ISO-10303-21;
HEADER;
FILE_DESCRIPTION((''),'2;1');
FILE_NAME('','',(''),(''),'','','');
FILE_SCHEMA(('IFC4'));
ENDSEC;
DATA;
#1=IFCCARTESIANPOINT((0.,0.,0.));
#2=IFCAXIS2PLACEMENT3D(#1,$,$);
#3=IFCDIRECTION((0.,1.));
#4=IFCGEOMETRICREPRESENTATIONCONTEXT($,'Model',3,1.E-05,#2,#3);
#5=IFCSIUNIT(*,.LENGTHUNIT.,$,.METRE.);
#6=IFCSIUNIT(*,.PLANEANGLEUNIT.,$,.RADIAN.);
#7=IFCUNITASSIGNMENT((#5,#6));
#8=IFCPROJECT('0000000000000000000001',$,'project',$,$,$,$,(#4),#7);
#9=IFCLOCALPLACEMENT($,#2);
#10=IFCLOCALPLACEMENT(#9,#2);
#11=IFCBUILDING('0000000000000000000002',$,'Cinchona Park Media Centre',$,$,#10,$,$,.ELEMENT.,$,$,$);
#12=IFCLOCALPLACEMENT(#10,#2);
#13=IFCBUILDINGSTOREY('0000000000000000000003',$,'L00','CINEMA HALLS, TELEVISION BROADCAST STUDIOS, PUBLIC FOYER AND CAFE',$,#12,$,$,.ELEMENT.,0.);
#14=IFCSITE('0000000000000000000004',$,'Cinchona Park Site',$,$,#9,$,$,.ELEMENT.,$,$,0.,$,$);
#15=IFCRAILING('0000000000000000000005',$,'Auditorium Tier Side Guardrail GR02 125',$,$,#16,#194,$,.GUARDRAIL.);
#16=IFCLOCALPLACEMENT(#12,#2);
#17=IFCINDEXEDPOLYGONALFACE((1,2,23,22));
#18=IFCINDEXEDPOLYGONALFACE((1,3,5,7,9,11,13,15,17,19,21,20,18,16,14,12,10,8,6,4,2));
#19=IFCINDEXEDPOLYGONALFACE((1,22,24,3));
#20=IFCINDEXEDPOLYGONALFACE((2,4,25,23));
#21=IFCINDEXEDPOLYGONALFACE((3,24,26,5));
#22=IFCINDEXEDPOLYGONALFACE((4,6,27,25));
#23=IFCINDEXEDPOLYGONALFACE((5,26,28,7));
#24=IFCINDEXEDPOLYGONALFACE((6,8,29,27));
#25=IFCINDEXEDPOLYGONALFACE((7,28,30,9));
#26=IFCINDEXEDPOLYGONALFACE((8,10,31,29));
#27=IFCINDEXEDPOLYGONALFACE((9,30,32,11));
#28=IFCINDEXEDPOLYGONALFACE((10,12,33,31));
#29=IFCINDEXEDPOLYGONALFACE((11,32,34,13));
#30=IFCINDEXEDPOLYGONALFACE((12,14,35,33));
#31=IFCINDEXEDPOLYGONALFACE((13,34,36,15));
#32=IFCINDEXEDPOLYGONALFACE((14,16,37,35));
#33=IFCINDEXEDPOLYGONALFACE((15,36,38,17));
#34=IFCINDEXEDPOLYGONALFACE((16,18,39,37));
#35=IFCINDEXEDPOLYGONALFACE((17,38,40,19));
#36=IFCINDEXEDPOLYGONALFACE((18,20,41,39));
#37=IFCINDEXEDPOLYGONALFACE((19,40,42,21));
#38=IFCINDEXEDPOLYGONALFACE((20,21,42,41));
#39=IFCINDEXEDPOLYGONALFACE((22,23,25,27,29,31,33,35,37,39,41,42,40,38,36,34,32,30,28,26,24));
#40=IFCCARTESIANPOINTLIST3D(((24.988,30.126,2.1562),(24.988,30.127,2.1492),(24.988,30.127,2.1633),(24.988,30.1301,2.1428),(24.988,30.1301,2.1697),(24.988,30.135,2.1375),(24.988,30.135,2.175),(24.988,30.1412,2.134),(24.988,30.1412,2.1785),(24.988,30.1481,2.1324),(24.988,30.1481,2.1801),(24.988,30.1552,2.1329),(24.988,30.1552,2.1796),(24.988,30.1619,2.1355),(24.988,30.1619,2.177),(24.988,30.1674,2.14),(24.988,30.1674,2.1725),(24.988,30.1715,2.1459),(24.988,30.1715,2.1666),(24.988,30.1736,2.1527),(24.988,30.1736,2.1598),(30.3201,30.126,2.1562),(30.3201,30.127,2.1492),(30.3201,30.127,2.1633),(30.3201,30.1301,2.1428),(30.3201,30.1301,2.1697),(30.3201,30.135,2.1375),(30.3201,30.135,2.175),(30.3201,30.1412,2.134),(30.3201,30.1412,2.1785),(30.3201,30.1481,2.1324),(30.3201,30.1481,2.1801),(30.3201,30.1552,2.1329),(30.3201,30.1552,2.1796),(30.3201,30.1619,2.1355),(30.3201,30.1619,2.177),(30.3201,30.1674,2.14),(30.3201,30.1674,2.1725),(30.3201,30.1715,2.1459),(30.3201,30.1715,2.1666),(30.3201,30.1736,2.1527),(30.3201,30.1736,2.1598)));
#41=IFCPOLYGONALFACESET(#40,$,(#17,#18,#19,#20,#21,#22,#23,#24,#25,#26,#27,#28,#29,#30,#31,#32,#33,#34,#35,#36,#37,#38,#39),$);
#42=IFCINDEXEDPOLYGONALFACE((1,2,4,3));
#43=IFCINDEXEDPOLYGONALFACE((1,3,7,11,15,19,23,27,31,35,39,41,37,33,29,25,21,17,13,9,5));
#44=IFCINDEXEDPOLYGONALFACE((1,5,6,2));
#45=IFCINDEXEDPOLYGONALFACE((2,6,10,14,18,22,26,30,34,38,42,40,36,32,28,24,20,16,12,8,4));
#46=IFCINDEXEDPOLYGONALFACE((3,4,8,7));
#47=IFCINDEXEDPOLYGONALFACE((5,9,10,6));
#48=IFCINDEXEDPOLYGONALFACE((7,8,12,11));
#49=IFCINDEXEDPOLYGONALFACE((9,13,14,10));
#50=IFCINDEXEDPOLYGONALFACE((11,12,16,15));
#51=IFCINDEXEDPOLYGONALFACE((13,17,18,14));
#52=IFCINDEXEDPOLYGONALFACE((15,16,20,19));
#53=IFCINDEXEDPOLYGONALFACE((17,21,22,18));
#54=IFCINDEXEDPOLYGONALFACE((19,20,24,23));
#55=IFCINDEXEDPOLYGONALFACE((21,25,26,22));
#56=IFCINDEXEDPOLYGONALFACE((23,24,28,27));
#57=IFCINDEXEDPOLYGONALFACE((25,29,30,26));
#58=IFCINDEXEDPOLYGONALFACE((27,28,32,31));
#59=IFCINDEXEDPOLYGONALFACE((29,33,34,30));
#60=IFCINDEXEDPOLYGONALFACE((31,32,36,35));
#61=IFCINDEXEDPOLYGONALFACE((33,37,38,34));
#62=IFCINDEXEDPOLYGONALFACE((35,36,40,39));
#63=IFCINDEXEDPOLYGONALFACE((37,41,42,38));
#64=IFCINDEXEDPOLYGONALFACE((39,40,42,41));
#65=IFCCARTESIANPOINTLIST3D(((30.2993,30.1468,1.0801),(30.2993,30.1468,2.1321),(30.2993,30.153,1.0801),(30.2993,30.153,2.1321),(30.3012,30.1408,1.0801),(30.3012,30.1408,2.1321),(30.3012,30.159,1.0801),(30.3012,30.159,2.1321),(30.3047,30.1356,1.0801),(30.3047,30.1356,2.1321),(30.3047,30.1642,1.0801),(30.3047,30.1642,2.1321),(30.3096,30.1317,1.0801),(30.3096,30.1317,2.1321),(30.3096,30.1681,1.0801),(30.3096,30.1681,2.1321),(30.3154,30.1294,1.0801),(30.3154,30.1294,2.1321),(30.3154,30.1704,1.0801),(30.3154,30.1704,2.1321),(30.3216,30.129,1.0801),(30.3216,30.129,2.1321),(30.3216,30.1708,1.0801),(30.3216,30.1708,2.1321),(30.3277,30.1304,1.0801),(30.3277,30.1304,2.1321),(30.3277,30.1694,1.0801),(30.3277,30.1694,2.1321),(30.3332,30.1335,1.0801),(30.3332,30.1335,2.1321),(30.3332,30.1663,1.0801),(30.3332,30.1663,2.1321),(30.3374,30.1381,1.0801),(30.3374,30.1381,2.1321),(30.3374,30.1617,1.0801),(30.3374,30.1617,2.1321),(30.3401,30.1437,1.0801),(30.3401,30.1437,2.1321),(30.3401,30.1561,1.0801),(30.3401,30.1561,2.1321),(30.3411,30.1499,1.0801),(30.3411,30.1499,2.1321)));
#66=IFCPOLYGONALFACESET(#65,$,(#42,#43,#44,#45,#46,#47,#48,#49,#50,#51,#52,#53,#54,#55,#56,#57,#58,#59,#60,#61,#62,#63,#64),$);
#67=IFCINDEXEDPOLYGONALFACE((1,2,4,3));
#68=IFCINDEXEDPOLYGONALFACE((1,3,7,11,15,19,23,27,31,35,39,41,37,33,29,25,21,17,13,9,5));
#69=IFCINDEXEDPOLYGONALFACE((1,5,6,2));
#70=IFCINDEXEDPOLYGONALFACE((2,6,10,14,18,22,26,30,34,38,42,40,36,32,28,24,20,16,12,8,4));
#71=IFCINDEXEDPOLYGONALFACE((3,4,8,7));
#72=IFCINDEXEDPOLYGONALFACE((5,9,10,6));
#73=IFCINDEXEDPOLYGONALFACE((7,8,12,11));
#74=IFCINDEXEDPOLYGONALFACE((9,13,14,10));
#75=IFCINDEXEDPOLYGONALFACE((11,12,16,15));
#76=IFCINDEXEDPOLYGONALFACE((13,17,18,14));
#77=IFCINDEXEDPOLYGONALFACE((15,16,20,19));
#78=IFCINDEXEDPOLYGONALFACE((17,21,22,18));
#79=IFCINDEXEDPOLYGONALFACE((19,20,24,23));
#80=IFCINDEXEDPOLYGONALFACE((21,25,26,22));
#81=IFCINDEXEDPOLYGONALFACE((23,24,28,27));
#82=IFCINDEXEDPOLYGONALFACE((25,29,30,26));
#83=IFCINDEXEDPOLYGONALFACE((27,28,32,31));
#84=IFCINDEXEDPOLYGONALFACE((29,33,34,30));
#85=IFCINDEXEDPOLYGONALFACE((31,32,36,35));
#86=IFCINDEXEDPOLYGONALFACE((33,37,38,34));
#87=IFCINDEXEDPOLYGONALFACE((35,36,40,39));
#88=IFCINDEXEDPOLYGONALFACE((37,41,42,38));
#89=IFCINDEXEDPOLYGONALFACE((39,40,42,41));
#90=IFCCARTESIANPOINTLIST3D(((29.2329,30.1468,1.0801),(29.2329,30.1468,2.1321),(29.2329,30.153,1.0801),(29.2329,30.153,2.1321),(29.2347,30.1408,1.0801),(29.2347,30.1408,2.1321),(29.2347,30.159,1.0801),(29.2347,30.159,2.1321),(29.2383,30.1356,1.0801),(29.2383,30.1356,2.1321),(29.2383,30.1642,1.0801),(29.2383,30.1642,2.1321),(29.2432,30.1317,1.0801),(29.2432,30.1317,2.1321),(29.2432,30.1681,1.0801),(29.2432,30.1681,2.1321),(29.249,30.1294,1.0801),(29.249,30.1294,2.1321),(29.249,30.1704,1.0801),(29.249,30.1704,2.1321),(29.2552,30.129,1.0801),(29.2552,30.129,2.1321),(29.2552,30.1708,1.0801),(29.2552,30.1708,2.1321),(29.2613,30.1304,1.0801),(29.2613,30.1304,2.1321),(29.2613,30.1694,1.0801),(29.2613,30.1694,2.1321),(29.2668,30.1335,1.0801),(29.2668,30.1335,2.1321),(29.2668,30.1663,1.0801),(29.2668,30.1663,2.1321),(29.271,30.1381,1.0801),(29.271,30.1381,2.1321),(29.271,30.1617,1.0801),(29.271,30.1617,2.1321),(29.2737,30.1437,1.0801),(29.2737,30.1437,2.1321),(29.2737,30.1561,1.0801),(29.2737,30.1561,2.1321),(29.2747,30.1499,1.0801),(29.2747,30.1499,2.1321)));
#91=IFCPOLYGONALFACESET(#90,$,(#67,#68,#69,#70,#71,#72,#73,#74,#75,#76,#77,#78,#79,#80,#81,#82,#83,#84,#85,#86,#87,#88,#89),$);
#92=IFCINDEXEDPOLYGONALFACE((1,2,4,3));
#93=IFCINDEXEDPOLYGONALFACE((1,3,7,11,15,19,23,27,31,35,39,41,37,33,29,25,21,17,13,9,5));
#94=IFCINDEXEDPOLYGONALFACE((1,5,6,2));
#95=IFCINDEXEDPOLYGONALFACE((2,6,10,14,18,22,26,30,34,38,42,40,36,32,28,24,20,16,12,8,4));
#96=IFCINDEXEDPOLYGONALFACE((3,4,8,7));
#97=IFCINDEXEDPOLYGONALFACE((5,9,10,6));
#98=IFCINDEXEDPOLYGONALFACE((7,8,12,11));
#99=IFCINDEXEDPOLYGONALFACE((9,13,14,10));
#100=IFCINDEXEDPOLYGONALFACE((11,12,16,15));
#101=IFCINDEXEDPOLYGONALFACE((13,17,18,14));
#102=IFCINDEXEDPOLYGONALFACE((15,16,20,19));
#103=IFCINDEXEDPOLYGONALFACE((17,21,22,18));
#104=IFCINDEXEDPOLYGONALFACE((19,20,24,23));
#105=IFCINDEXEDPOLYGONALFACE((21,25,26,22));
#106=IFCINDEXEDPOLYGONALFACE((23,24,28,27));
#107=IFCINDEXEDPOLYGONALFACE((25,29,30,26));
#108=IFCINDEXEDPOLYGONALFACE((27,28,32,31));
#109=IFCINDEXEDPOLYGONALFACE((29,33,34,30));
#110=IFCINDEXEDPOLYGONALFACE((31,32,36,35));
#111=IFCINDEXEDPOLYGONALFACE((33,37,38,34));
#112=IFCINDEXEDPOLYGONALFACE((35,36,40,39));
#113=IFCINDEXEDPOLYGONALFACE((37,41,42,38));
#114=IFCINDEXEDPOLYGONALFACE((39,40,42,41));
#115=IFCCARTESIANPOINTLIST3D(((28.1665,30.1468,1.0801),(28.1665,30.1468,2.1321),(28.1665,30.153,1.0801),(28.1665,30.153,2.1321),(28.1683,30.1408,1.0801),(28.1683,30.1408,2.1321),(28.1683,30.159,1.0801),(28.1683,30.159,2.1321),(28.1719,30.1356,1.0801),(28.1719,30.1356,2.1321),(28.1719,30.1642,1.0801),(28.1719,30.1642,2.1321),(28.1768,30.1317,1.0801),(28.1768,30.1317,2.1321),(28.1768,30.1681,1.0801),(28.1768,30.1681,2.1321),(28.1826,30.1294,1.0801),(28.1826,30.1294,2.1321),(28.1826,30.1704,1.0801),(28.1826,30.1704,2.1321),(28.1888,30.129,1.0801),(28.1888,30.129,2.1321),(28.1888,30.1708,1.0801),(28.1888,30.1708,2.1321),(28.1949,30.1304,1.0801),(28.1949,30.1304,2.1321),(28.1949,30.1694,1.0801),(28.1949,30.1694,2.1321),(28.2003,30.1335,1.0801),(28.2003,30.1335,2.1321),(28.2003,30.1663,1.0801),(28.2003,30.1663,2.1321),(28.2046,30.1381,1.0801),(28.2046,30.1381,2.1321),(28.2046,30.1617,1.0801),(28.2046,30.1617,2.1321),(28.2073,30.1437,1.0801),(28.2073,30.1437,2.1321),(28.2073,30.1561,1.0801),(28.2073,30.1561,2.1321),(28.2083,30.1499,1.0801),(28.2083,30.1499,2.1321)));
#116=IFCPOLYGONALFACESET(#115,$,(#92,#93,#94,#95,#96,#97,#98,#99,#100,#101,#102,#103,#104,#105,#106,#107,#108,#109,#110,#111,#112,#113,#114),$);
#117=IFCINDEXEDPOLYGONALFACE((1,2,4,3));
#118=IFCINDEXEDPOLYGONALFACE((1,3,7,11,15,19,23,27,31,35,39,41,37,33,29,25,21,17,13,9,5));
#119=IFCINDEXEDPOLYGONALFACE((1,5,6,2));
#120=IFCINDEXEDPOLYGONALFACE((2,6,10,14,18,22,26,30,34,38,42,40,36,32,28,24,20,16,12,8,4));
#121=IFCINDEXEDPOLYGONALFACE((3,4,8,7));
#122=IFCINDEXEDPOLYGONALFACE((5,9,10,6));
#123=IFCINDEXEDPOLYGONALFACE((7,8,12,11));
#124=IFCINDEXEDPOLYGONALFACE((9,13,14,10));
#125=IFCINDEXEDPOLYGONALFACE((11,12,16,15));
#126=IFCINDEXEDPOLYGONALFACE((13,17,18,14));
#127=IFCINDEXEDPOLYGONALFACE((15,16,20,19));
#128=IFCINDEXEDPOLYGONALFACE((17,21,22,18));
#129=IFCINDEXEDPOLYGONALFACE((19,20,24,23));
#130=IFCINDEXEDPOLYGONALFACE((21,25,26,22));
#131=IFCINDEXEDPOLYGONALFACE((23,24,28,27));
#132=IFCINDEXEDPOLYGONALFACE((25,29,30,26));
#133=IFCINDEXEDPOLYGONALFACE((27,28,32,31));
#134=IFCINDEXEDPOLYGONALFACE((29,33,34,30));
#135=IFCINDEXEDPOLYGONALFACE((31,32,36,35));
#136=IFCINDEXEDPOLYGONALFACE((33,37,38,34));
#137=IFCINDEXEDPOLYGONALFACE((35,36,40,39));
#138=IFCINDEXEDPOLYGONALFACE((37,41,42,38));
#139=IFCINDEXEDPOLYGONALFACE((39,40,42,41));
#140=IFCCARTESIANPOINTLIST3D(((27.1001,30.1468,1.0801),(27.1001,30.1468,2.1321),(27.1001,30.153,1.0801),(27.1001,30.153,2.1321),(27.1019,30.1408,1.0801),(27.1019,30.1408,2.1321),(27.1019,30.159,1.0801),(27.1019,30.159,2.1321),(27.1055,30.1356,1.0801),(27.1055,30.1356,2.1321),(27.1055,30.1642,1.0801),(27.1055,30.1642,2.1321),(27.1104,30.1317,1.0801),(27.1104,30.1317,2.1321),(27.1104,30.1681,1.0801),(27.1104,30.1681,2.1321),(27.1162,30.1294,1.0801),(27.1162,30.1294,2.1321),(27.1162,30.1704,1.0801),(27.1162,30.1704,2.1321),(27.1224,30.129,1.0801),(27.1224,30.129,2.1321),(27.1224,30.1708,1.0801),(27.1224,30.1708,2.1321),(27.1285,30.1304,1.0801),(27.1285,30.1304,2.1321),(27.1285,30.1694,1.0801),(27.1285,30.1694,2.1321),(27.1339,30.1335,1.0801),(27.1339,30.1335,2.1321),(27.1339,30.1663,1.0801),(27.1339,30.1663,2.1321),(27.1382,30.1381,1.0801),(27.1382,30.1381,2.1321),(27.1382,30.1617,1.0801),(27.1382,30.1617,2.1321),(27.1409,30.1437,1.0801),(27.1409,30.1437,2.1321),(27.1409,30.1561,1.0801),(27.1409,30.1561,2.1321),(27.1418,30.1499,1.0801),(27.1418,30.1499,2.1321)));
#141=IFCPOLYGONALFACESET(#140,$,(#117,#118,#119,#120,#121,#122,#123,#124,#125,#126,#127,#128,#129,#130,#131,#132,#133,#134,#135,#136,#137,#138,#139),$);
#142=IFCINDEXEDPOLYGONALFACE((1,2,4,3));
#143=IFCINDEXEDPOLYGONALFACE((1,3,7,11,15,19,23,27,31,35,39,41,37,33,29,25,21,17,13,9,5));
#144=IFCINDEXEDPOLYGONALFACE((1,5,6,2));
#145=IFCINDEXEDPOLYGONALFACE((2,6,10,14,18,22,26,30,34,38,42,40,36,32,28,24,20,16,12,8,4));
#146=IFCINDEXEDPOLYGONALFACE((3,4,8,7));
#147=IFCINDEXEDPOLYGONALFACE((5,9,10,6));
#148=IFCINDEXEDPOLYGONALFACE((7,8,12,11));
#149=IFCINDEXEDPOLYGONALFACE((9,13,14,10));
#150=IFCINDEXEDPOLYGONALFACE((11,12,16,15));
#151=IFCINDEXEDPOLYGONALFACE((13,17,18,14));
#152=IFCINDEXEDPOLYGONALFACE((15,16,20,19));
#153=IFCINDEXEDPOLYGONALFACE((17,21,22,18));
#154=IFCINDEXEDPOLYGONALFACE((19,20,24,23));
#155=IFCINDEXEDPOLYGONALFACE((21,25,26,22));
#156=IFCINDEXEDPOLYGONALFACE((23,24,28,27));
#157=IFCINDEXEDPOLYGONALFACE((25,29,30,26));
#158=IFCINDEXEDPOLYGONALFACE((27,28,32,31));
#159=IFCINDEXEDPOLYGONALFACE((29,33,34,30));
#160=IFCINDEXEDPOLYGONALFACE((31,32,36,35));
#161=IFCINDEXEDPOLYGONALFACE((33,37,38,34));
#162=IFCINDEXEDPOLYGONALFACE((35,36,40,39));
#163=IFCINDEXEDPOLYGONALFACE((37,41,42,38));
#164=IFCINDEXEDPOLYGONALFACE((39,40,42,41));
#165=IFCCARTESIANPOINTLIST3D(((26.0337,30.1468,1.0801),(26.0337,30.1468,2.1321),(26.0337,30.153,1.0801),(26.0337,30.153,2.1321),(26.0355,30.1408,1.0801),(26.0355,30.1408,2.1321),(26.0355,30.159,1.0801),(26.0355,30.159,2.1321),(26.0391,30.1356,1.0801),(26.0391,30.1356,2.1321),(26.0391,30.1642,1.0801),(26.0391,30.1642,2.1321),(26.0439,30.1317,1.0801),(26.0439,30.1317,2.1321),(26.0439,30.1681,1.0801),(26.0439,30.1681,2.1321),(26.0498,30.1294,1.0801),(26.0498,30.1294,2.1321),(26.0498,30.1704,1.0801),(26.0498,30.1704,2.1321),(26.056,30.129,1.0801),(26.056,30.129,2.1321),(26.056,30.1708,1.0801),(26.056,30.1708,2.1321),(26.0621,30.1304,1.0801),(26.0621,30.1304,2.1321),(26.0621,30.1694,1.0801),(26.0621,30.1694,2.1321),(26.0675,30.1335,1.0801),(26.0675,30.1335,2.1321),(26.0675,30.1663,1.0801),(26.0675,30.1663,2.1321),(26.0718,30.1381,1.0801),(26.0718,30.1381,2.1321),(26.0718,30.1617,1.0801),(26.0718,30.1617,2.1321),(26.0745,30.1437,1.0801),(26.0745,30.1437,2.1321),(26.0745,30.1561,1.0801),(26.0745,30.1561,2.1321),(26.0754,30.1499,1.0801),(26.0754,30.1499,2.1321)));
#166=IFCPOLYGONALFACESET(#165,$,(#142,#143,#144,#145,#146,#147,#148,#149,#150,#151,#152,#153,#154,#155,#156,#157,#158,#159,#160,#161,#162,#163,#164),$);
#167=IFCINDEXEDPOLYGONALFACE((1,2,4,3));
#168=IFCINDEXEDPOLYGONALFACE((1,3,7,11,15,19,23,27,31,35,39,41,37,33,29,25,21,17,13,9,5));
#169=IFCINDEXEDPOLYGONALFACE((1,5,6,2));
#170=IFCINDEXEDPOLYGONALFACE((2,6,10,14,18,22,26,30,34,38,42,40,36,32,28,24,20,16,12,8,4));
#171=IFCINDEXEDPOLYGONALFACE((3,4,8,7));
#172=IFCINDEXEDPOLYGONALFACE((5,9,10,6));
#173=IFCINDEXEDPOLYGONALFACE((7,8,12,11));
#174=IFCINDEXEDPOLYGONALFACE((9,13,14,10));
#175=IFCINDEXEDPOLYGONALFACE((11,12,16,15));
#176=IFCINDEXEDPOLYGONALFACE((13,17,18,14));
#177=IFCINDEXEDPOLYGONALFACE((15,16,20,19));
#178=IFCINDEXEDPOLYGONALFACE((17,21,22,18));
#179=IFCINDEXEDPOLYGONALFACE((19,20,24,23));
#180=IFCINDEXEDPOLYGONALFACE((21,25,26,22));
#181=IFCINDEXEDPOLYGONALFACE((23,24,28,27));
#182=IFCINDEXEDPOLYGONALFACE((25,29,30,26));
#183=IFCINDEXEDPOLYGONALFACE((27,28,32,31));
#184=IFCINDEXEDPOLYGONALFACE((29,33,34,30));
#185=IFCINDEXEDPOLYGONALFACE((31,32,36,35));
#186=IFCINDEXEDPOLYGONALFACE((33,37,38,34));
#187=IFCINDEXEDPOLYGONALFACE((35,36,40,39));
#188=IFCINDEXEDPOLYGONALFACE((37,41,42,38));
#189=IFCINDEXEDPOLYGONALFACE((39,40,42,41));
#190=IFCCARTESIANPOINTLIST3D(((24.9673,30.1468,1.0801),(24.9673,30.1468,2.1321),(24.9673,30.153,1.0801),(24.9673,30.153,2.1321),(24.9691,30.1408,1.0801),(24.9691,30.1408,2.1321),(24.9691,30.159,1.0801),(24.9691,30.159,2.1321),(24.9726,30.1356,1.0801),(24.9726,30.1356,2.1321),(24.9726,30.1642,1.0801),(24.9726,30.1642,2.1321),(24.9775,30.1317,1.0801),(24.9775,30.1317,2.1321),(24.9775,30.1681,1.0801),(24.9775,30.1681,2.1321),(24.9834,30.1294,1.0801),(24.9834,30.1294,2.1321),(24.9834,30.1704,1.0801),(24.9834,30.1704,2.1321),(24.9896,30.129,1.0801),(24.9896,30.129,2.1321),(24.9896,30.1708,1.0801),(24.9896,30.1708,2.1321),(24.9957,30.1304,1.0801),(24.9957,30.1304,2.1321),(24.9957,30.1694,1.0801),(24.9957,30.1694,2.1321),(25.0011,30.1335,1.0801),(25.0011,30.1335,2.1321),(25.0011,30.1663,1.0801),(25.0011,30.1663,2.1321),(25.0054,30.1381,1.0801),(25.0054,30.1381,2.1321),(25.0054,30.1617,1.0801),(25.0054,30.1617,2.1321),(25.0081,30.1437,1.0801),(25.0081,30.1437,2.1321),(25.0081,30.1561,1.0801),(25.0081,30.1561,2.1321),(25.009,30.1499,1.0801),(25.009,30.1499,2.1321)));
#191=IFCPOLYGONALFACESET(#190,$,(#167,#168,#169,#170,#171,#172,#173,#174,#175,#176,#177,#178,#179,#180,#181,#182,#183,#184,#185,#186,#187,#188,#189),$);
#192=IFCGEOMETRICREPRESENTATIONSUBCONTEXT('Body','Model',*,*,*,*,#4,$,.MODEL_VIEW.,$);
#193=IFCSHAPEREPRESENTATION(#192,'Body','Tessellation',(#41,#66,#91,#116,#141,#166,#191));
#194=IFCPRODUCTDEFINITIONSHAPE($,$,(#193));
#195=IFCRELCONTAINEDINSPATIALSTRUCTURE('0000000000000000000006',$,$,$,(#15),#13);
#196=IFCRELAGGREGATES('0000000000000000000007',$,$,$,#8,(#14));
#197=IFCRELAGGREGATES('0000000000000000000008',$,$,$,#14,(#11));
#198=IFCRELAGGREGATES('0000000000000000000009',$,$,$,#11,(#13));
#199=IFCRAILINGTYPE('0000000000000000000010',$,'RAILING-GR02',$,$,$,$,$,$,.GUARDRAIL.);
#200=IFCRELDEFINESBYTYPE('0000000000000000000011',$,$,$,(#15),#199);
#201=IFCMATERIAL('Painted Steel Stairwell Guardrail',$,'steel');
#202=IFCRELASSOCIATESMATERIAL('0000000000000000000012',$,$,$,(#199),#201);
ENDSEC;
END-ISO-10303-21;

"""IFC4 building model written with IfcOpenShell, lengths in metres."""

from ifc_helpers import new_model, si_unit, direction, frame, origin, origin_2d, place, context, subcontext, project, spatial, circle, extrude, material, type_object, element, save


model = new_model("IFC4")

# Units and contexts
model_context = context("Model", 3, precision=1e-05, world=origin(), true_north=direction((0.0, 1.0)))
body_context = subcontext(model_context, "Body", "Model", "MODEL_VIEW")
ifc_project = project(units=[si_unit("LENGTHUNIT", "METRE"), si_unit("PLANEANGLEUNIT", "RADIAN")], contexts=[model_context])

# Site, building, storey
site_placement = place(None, origin())
site = spatial("IfcSite", under=ifc_project, at=site_placement, Name="Cinchona Park Site", CompositionType="ELEMENT", RefElevation=0.0)
building_placement = place(site_placement, origin())
building = spatial("IfcBuilding", under=site, at=building_placement, Name="Cinchona Park Media Centre", CompositionType="ELEMENT")
storey_placement = place(building_placement, origin())
storey = spatial("IfcBuildingStorey", under=building, at=storey_placement, Name="L00", Description="CINEMA HALLS, TELEVISION BROADCAST STUDIOS, PUBLIC FOYER AND CAFE", CompositionType="ELEMENT", Elevation=0.0)

# Railing
ifc_material_1 = material(Name="Painted Steel Stairwell Guardrail", Category="steel")
railing_type_1 = type_object("IfcRailingType", Name="RAILING-GR02", PredefinedType="GUARDRAIL", material=ifc_material_1)
railing_1_placement = place(storey_placement, frame((30.3201, 30.1499, 1.0801)))
element("IfcRailing", 1, at=railing_1_placement, inside=storey, type_object=railing_type_1, Name="Auditorium Tier Side Guardrail GR02 125", PredefinedType="GUARDRAIL", context=body_context, shape_type="SweptSolid", body=[
    extrude(circle(Radius=0.0239, at=origin_2d()), frame((0.0, 0.0, 1.0762), z_axis=(-1.0, 0.0, 0.0), x_axis=(0.0, -1.0, 0.0)), (0.0, 0.0, 1.0), 5.332),
    extrude(circle(Radius=0.021, at=origin_2d()), origin(), (0.0, 0.0, 1.0), 1.052),
    extrude(circle(Radius=0.021, at=origin_2d()), frame((-1.0664, 0.0, 0.0)), (0.0, 0.0, 1.0), 1.052),
    extrude(circle(Radius=0.021, at=origin_2d()), frame((-2.1328, 0.0, 0.0)), (0.0, 0.0, 1.0), 1.052),
    extrude(circle(Radius=0.021, at=origin_2d()), frame((-3.1992, 0.0, 0.0)), (0.0, 0.0, 1.0), 1.052),
    extrude(circle(Radius=0.021, at=origin_2d()), frame((-4.2656, 0.0, 0.0)), (0.0, 0.0, 1.0), 1.052),
    extrude(circle(Radius=0.021, at=origin_2d()), frame((-5.332, 0.0, 0.0)), (0.0, 0.0, 1.0), 1.052),
])

save(model, "model.ifc")
